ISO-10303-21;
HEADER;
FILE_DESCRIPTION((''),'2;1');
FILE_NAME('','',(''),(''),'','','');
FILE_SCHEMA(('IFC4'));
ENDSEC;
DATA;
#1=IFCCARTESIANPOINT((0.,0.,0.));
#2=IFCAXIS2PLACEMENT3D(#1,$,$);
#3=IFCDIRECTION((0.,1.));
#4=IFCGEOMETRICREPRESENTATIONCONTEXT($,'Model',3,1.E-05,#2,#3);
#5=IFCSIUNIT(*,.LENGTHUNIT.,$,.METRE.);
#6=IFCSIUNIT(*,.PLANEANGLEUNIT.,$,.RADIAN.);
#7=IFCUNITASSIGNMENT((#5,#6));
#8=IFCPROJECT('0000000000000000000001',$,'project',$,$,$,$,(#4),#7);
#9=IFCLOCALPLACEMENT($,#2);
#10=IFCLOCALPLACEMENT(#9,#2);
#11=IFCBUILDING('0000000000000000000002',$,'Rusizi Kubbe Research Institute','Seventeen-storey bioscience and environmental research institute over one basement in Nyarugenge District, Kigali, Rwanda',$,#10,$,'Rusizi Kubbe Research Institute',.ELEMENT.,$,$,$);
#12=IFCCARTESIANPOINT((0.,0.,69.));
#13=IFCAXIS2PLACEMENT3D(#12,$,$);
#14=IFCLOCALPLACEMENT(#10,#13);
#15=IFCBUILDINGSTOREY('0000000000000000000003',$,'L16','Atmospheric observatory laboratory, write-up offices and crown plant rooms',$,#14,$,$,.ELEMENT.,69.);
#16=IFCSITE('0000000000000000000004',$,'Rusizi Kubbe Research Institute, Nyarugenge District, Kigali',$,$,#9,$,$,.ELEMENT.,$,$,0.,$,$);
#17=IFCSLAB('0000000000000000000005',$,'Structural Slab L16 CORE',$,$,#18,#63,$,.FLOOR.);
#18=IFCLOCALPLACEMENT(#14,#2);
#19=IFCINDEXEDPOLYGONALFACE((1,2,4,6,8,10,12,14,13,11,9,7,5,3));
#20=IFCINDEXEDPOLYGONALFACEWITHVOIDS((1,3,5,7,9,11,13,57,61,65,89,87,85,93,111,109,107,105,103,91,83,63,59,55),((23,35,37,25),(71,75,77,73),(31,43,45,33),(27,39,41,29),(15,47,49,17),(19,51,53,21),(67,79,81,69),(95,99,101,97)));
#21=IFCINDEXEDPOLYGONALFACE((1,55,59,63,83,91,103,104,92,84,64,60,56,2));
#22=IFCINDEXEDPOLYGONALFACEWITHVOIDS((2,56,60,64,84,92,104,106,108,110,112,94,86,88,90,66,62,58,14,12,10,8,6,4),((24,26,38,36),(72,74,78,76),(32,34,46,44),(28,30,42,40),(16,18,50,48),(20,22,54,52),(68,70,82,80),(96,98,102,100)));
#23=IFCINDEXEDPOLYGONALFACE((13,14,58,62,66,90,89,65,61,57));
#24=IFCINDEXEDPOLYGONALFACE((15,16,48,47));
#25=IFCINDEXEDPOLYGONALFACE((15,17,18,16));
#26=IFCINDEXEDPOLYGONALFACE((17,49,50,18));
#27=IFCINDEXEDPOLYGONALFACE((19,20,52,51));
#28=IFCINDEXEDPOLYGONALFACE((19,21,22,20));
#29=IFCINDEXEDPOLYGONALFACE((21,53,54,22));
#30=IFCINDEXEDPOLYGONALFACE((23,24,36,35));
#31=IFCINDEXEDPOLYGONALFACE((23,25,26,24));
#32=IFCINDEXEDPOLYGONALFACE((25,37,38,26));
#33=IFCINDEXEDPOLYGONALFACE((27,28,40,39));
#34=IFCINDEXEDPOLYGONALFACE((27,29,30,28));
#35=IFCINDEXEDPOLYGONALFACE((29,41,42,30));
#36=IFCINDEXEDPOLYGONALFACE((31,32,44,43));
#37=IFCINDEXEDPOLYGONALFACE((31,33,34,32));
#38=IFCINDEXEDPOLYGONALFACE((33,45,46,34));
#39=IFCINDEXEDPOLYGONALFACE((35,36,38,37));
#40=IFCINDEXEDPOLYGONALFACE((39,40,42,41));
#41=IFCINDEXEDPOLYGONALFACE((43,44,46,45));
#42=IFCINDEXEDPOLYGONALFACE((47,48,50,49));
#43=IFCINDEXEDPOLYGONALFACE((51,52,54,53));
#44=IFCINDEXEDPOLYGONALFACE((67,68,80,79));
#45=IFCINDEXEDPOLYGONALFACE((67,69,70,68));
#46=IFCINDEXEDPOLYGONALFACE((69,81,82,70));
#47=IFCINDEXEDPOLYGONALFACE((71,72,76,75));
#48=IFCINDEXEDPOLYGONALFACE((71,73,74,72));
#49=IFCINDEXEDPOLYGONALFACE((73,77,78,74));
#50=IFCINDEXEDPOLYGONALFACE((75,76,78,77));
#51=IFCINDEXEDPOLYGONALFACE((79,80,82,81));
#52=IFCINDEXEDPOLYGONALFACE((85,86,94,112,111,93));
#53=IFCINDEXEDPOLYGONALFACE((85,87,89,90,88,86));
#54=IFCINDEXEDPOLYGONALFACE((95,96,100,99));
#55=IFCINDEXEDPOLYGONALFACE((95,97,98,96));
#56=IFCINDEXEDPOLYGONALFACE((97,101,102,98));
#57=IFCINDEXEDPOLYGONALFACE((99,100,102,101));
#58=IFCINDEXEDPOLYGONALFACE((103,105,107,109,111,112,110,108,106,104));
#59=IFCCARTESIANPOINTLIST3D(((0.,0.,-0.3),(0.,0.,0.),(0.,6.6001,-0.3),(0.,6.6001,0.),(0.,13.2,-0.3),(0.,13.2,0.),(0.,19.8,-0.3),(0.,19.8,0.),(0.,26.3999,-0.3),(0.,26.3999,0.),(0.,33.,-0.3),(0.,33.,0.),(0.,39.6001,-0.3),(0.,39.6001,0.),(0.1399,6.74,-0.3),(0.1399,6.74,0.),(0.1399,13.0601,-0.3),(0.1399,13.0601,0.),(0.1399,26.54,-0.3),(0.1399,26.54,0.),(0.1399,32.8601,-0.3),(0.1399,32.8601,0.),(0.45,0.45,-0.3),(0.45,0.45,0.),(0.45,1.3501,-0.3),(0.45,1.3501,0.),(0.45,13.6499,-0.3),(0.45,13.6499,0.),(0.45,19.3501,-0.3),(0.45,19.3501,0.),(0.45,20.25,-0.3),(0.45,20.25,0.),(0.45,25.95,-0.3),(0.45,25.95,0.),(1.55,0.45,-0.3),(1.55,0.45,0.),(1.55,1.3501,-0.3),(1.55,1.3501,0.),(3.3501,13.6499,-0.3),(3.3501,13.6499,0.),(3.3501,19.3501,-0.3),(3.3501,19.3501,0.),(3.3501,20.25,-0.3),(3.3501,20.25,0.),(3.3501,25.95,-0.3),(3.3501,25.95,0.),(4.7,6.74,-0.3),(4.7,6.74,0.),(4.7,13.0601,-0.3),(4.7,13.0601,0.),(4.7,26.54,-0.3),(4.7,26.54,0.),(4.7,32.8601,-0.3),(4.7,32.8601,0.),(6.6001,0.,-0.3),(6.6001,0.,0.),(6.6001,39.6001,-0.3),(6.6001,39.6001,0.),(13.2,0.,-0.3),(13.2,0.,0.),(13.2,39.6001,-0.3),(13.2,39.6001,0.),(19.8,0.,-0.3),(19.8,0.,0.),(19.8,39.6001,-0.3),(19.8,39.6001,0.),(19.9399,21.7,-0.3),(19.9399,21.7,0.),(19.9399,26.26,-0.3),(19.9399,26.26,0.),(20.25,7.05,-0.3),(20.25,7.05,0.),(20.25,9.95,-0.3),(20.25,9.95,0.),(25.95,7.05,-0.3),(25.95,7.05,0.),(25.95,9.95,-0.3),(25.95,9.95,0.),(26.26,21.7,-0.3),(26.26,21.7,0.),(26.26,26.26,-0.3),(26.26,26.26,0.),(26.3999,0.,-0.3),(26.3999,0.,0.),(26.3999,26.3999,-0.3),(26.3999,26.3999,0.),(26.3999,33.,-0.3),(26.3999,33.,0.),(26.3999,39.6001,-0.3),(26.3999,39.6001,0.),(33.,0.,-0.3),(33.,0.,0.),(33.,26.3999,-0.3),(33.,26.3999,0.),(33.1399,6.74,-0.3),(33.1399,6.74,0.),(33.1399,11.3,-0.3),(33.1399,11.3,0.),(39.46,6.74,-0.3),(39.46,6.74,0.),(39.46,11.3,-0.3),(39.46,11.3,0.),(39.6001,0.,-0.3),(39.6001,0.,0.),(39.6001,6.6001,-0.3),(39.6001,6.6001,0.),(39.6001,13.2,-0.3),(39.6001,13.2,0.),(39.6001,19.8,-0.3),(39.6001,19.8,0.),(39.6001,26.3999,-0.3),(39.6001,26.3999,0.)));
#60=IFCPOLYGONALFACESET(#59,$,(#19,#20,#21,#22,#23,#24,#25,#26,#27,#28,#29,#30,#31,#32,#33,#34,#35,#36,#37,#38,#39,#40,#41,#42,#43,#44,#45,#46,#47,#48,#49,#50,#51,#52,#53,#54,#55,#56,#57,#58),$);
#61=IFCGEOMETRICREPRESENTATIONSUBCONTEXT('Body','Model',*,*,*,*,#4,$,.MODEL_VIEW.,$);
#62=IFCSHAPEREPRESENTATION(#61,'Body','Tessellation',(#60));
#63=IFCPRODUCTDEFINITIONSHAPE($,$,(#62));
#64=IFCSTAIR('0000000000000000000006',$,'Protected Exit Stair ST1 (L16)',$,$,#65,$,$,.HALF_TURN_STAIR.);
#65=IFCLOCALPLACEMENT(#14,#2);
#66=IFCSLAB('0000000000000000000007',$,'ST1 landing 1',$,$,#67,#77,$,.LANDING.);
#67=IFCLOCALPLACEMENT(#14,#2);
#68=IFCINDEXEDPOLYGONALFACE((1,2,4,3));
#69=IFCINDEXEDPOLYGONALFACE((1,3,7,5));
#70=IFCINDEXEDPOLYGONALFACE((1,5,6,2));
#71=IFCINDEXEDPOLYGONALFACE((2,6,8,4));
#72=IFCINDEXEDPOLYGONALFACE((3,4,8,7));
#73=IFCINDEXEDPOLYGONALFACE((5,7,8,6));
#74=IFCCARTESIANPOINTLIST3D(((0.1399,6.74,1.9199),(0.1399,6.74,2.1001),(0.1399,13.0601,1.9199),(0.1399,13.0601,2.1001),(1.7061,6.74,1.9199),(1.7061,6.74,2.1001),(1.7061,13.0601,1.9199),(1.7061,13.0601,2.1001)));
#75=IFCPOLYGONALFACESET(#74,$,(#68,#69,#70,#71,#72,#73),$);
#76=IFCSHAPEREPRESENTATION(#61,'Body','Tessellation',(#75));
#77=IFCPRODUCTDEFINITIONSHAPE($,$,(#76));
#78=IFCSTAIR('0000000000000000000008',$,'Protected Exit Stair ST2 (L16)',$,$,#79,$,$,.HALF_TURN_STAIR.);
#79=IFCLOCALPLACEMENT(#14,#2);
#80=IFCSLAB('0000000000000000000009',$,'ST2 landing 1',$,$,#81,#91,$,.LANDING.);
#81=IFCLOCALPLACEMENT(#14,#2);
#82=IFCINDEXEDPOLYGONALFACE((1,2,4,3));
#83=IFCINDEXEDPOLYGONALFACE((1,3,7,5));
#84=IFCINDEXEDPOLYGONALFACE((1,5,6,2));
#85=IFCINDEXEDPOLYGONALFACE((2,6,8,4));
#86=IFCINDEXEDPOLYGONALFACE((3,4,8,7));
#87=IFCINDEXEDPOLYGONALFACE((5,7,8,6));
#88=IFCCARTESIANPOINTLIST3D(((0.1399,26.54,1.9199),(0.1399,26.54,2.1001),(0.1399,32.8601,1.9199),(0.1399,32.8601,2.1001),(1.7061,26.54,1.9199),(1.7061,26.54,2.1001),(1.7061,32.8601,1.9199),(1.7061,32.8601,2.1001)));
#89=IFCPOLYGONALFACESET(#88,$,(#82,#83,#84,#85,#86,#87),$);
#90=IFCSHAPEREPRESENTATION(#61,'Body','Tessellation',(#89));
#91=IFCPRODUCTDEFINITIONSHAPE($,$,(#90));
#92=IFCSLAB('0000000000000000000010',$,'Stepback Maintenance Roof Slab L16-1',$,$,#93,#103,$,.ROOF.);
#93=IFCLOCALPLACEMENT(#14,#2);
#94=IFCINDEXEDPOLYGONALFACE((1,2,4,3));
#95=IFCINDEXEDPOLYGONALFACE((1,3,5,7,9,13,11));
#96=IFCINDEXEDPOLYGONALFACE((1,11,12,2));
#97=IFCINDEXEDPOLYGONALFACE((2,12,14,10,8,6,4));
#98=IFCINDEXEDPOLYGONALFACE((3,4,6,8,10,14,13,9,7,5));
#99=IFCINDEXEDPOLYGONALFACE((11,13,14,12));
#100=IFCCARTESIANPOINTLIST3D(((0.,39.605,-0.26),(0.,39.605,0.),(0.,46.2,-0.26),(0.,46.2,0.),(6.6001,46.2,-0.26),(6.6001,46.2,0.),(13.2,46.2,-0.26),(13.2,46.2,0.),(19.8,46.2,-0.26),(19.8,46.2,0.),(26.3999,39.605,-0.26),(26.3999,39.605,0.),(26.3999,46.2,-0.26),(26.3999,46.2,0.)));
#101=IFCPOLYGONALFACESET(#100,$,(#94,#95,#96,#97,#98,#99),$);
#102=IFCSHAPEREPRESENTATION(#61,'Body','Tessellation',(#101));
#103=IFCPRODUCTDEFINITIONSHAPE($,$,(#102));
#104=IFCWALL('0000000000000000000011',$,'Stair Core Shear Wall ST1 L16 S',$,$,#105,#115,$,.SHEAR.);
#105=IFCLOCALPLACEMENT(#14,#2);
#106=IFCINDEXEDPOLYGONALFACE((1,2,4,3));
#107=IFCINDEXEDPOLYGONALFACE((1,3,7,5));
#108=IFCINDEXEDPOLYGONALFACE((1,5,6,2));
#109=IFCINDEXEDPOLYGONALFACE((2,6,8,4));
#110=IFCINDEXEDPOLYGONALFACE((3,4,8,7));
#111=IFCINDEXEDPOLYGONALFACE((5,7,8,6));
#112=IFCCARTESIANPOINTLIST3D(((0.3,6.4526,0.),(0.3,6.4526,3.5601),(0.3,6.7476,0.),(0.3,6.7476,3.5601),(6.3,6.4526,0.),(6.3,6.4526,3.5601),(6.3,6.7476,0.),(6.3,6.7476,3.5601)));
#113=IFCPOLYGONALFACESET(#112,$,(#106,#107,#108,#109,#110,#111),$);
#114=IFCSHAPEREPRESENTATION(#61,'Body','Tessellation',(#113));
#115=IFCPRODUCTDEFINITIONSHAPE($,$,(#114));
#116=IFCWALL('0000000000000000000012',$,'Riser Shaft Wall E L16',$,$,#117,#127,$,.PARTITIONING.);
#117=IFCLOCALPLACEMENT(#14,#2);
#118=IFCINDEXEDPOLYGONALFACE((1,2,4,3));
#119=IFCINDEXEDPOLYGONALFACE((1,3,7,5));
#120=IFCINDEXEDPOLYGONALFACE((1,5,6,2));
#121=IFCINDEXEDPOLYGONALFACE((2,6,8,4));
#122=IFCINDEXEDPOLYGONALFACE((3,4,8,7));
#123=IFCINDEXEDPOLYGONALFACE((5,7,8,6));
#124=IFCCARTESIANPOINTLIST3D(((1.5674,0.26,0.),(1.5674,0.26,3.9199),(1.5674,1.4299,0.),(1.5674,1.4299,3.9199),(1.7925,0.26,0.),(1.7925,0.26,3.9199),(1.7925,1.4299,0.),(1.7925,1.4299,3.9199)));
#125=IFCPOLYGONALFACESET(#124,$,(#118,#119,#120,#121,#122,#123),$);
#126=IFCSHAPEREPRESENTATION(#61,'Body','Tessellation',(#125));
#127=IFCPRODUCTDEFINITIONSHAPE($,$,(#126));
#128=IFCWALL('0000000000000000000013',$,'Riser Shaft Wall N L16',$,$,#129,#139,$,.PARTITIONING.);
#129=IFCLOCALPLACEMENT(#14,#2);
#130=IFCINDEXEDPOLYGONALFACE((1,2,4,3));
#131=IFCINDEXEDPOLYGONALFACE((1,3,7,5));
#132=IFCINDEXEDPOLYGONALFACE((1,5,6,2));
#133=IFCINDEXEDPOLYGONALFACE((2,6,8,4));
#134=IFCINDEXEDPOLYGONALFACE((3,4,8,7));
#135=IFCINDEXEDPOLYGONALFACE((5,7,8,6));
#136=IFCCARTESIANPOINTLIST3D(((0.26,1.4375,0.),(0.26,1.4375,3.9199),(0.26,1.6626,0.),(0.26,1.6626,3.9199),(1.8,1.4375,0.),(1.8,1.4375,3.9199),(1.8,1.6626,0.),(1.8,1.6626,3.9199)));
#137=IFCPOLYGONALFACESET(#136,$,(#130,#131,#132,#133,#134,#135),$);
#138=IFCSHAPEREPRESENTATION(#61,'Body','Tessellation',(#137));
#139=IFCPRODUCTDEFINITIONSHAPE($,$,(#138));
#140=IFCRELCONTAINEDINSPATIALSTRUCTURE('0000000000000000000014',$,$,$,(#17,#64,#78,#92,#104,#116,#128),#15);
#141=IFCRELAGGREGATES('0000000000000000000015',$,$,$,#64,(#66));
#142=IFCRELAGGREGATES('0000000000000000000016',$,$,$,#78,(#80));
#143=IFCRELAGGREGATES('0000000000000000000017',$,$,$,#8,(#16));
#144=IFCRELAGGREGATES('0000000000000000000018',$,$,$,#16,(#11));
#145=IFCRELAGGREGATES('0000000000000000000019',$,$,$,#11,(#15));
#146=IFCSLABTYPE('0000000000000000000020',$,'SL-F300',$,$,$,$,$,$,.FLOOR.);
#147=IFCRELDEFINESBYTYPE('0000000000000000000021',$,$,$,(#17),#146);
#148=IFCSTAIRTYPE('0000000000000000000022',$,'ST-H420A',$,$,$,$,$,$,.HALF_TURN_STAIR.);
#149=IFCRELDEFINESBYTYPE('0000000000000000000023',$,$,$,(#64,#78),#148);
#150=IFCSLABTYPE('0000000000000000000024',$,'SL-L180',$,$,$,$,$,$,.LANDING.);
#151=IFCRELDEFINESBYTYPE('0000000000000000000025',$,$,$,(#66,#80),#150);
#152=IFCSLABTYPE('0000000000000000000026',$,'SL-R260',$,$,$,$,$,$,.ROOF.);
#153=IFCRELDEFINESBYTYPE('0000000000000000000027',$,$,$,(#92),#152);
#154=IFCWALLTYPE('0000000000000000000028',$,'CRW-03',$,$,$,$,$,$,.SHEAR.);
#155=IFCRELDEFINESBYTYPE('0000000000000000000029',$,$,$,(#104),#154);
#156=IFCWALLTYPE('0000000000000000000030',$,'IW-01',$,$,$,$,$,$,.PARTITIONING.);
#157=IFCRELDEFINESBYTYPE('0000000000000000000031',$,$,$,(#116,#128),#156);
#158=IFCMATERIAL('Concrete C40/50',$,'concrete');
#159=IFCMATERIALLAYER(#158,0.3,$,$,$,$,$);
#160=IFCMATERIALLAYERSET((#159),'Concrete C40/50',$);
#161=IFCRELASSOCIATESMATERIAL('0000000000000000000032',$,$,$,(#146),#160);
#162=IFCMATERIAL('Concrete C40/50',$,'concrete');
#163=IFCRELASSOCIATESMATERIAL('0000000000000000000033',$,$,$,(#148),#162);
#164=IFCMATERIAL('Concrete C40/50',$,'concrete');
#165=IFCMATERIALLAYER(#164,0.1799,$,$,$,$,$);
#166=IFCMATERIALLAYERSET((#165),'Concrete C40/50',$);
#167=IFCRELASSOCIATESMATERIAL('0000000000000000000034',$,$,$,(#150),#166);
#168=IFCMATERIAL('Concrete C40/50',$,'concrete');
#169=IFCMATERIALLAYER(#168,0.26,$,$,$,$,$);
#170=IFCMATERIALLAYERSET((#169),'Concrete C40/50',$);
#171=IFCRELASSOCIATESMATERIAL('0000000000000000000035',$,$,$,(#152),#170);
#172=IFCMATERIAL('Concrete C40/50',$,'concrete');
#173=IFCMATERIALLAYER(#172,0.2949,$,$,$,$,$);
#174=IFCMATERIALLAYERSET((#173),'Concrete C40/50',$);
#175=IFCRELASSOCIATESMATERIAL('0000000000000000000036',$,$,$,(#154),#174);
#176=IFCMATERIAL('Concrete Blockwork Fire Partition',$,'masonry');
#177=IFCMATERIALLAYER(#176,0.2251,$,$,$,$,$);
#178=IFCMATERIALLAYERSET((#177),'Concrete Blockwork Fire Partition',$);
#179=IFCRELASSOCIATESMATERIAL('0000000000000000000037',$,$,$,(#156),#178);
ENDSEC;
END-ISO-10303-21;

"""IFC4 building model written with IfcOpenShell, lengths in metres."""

from ifc_helpers import new_model, si_unit, direction, frame, frame_2d, origin, place, context, subcontext, project, spatial, polyline, rectangle, outline, extrude, material, layer, layer_set, type_object, element, aggregate, save


model = new_model("IFC4")

# Units and contexts
model_context = context("Model", 3, precision=1e-05, world=origin(), true_north=direction((0.0, 1.0)))
body_context = subcontext(model_context, "Body", "Model", "MODEL_VIEW")
ifc_project = project(units=[si_unit("LENGTHUNIT", "METRE"), si_unit("PLANEANGLEUNIT", "RADIAN")], contexts=[model_context])

# Site, building, storey
site_placement = place(None, origin())
site = spatial("IfcSite", under=ifc_project, at=site_placement, Name="Rusizi Kubbe Research Institute, Nyarugenge District, Kigali", CompositionType="ELEMENT", RefElevation=0.0)
building_placement = place(site_placement, origin())
building = spatial("IfcBuilding", under=site, at=building_placement, Name="Rusizi Kubbe Research Institute", Description="Seventeen-storey bioscience and environmental research institute over one basement in Nyarugenge District, Kigali, Rwanda", LongName="Rusizi Kubbe Research Institute", CompositionType="ELEMENT")
storey_placement = place(building_placement, frame((0.0, 0.0, 69.0)))
storey = spatial("IfcBuildingStorey", under=building, at=storey_placement, Name="L16", Description="Atmospheric observatory laboratory, write-up offices and crown plant rooms", CompositionType="ELEMENT", Elevation=69.0)

# Slab
ifc_material_1 = material(Name="Concrete C40/50", Category="concrete")
ifc_layer_1 = layer(ifc_material_1, 0.3)
ifc_layer_set_1 = layer_set([ifc_layer_1], Name="Concrete C40/50")
slab_type_1 = type_object("IfcSlabType", Name="SL-F300", PredefinedType="FLOOR", material=ifc_layer_set_1)
slab_1_placement = place(storey_placement, frame((0.0, 0.0, -0.3)))
element("IfcSlab", 1, at=slab_1_placement, inside=storey, type_object=slab_type_1, Name="Structural Slab L16 CORE", PredefinedType="FLOOR", context=body_context, shape_type="SweptSolid", body=[
    extrude(outline(polyline([(0.0, 33.0), (0.0, 39.6001), (6.6001, 39.6001), (13.2, 39.6001), (19.8, 39.6001), (26.3999, 39.6001), (26.3999, 33.0), (26.3999, 26.3999), (33.0, 26.3999), (39.6001, 26.3999), (39.6001, 19.8), (39.6001, 13.2), (39.6001, 6.6001), (39.6001, 0.0), (33.0, 0.0), (26.3999, 0.0), (19.8, 0.0), (13.2, 0.0), (6.6001, 0.0), (0.0, 0.0), (0.0, 6.6001), (0.0, 13.2), (0.0, 19.8), (0.0, 26.3999), (0.0, 33.0)]), holes=[polyline([(0.45, 1.3501), (0.45, 0.45), (1.55, 0.45), (1.55, 1.3501), (0.45, 1.3501)]), polyline([(20.25, 9.95), (20.25, 7.05), (25.95, 7.05), (25.95, 9.95), (20.25, 9.95)]), polyline([(33.1399, 11.3), (33.1399, 6.74), (39.46, 6.74), (39.46, 11.3), (33.1399, 11.3)]), polyline([(0.1399, 13.0601), (0.1399, 6.74), (4.7, 6.74), (4.7, 13.0601), (0.1399, 13.0601)]), polyline([(0.45, 19.3501), (0.45, 13.6499), (3.3501, 13.6499), (3.3501, 19.3501), (0.45, 19.3501)]), polyline([(0.45, 25.95), (0.45, 20.25), (3.3501, 20.25), (3.3501, 25.95), (0.45, 25.95)]), polyline([(19.9399, 26.26), (19.9399, 21.7), (26.26, 21.7), (26.26, 26.26), (19.9399, 26.26)]), polyline([(0.1399, 32.8601), (0.1399, 26.54), (4.7, 26.54), (4.7, 32.8601), (0.1399, 32.8601)])]), origin(), (0.0, 0.0, 1.0), 0.3),
])

# Stairs, slabs
ifc_material_2 = material(Name="Concrete C40/50", Category="concrete")
stair_type = type_object("IfcStairType", Name="ST-H420A", PredefinedType="HALF_TURN_STAIR", material=ifc_material_2)
stair_1_placement = place(storey_placement, origin())
stair_1 = element("IfcStair", 2, at=stair_1_placement, inside=storey, type_object=stair_type, Name="Protected Exit Stair ST1 (L16)", PredefinedType="HALF_TURN_STAIR")
ifc_material_3 = material(Name="Concrete C40/50", Category="concrete")
ifc_layer_2 = layer(ifc_material_3, 0.1799)
ifc_layer_set_2 = layer_set([ifc_layer_2], Name="Concrete C40/50")
slab_type_2 = type_object("IfcSlabType", Name="SL-L180", PredefinedType="LANDING", material=ifc_layer_set_2)
slab_2_placement = place(storey_placement, frame((0.0, 0.0, 1.9199)))
slab_2 = element("IfcSlab", 3, at=slab_2_placement, type_object=slab_type_2, Name="ST1 landing 1", PredefinedType="LANDING", context=body_context, shape_type="SweptSolid", body=[
    extrude(outline(polyline([(1.7061, 13.0601), (0.1399, 13.0601), (0.1399, 6.74), (1.7061, 6.74), (1.7061, 13.0601)])), origin(), (0.0, 0.0, 1.0), 0.1802),
])
aggregate(stair_1, [slab_2])
stair_2_placement = place(storey_placement, origin())
stair_2 = element("IfcStair", 4, at=stair_2_placement, inside=storey, type_object=stair_type, Name="Protected Exit Stair ST2 (L16)", PredefinedType="HALF_TURN_STAIR")
slab_3_placement = place(storey_placement, frame((0.0, 0.0, 1.9199)))
slab_3 = element("IfcSlab", 5, at=slab_3_placement, type_object=slab_type_2, Name="ST2 landing 1", PredefinedType="LANDING", context=body_context, shape_type="SweptSolid", body=[
    extrude(outline(polyline([(1.7061, 32.8601), (0.1399, 32.8601), (0.1399, 26.54), (1.7061, 26.54), (1.7061, 32.8601)])), origin(), (0.0, 0.0, 1.0), 0.1802),
])
aggregate(stair_2, [slab_3])

# Slab
ifc_material_4 = material(Name="Concrete C40/50", Category="concrete")
ifc_layer_3 = layer(ifc_material_4, 0.26)
ifc_layer_set_3 = layer_set([ifc_layer_3], Name="Concrete C40/50")
slab_type_3 = type_object("IfcSlabType", Name="SL-R260", PredefinedType="ROOF", material=ifc_layer_set_3)
slab_4_placement = place(storey_placement, frame((0.0, 0.0, -0.26)))
element("IfcSlab", 6, at=slab_4_placement, inside=storey, type_object=slab_type_3, Name="Stepback Maintenance Roof Slab L16-1", PredefinedType="ROOF", context=body_context, shape_type="SweptSolid", body=[
    extrude(outline(polyline([(6.6001, 46.2), (13.2, 46.2), (19.8, 46.2), (26.3999, 46.2), (26.3999, 39.605), (0.0, 39.605), (0.0, 46.2), (6.6001, 46.2)])), origin(), (0.0, 0.0, 1.0), 0.26),
])

# Walls
ifc_material_5 = material(Name="Concrete C40/50", Category="concrete")
ifc_layer_4 = layer(ifc_material_5, 0.2949)
ifc_layer_set_4 = layer_set([ifc_layer_4], Name="Concrete C40/50")
wall_type_1 = type_object("IfcWallType", Name="CRW-03", PredefinedType="SHEAR", material=ifc_layer_set_4)
wall_1_placement = place(storey_placement, frame((0.3, 6.6001, 0.0), z_axis=(0.0, 0.0, 1.0), x_axis=(1.0, 0.0, 0.0)))
element("IfcWall", 7, at=wall_1_placement, inside=storey, type_object=wall_type_1, Name="Stair Core Shear Wall ST1 L16 S", PredefinedType="SHEAR", context=body_context, shape_type="SweptSolid", body=[
    extrude(rectangle(XDim=6.0, YDim=0.2949, at=frame_2d((3.0, 0.0))), origin(), (0.0, 0.0, 1.0), 3.5601),
])
ifc_material_6 = material(Name="Concrete Blockwork Fire Partition", Category="masonry")
ifc_layer_5 = layer(ifc_material_6, 0.2251)
ifc_layer_set_5 = layer_set([ifc_layer_5], Name="Concrete Blockwork Fire Partition")
wall_type_2 = type_object("IfcWallType", Name="IW-01", PredefinedType="PARTITIONING", material=ifc_layer_set_5)
wall_2_placement = place(storey_placement, frame((1.6799, 0.26, 0.0), z_axis=(0.0, 0.0, 1.0), x_axis=(0.0, 1.0, 0.0)))
element("IfcWall", 8, at=wall_2_placement, inside=storey, type_object=wall_type_2, Name="Riser Shaft Wall E L16", PredefinedType="PARTITIONING", context=body_context, shape_type="SweptSolid", body=[
    extrude(rectangle(XDim=1.1699, YDim=0.2251, at=frame_2d((0.585, 0.0))), origin(), (0.0, 0.0, 1.0), 3.9199),
])
wall_3_placement = place(storey_placement, frame((0.26, 1.55, 0.0), z_axis=(0.0, 0.0, 1.0), x_axis=(1.0, 0.0, 0.0)))
element("IfcWall", 9, at=wall_3_placement, inside=storey, type_object=wall_type_2, Name="Riser Shaft Wall N L16", PredefinedType="PARTITIONING", context=body_context, shape_type="SweptSolid", body=[
    extrude(rectangle(XDim=1.54, YDim=0.2251, at=frame_2d((0.77, 0.0))), origin(), (0.0, 0.0, 1.0), 3.9199),
])

save(model, "model.ifc")
